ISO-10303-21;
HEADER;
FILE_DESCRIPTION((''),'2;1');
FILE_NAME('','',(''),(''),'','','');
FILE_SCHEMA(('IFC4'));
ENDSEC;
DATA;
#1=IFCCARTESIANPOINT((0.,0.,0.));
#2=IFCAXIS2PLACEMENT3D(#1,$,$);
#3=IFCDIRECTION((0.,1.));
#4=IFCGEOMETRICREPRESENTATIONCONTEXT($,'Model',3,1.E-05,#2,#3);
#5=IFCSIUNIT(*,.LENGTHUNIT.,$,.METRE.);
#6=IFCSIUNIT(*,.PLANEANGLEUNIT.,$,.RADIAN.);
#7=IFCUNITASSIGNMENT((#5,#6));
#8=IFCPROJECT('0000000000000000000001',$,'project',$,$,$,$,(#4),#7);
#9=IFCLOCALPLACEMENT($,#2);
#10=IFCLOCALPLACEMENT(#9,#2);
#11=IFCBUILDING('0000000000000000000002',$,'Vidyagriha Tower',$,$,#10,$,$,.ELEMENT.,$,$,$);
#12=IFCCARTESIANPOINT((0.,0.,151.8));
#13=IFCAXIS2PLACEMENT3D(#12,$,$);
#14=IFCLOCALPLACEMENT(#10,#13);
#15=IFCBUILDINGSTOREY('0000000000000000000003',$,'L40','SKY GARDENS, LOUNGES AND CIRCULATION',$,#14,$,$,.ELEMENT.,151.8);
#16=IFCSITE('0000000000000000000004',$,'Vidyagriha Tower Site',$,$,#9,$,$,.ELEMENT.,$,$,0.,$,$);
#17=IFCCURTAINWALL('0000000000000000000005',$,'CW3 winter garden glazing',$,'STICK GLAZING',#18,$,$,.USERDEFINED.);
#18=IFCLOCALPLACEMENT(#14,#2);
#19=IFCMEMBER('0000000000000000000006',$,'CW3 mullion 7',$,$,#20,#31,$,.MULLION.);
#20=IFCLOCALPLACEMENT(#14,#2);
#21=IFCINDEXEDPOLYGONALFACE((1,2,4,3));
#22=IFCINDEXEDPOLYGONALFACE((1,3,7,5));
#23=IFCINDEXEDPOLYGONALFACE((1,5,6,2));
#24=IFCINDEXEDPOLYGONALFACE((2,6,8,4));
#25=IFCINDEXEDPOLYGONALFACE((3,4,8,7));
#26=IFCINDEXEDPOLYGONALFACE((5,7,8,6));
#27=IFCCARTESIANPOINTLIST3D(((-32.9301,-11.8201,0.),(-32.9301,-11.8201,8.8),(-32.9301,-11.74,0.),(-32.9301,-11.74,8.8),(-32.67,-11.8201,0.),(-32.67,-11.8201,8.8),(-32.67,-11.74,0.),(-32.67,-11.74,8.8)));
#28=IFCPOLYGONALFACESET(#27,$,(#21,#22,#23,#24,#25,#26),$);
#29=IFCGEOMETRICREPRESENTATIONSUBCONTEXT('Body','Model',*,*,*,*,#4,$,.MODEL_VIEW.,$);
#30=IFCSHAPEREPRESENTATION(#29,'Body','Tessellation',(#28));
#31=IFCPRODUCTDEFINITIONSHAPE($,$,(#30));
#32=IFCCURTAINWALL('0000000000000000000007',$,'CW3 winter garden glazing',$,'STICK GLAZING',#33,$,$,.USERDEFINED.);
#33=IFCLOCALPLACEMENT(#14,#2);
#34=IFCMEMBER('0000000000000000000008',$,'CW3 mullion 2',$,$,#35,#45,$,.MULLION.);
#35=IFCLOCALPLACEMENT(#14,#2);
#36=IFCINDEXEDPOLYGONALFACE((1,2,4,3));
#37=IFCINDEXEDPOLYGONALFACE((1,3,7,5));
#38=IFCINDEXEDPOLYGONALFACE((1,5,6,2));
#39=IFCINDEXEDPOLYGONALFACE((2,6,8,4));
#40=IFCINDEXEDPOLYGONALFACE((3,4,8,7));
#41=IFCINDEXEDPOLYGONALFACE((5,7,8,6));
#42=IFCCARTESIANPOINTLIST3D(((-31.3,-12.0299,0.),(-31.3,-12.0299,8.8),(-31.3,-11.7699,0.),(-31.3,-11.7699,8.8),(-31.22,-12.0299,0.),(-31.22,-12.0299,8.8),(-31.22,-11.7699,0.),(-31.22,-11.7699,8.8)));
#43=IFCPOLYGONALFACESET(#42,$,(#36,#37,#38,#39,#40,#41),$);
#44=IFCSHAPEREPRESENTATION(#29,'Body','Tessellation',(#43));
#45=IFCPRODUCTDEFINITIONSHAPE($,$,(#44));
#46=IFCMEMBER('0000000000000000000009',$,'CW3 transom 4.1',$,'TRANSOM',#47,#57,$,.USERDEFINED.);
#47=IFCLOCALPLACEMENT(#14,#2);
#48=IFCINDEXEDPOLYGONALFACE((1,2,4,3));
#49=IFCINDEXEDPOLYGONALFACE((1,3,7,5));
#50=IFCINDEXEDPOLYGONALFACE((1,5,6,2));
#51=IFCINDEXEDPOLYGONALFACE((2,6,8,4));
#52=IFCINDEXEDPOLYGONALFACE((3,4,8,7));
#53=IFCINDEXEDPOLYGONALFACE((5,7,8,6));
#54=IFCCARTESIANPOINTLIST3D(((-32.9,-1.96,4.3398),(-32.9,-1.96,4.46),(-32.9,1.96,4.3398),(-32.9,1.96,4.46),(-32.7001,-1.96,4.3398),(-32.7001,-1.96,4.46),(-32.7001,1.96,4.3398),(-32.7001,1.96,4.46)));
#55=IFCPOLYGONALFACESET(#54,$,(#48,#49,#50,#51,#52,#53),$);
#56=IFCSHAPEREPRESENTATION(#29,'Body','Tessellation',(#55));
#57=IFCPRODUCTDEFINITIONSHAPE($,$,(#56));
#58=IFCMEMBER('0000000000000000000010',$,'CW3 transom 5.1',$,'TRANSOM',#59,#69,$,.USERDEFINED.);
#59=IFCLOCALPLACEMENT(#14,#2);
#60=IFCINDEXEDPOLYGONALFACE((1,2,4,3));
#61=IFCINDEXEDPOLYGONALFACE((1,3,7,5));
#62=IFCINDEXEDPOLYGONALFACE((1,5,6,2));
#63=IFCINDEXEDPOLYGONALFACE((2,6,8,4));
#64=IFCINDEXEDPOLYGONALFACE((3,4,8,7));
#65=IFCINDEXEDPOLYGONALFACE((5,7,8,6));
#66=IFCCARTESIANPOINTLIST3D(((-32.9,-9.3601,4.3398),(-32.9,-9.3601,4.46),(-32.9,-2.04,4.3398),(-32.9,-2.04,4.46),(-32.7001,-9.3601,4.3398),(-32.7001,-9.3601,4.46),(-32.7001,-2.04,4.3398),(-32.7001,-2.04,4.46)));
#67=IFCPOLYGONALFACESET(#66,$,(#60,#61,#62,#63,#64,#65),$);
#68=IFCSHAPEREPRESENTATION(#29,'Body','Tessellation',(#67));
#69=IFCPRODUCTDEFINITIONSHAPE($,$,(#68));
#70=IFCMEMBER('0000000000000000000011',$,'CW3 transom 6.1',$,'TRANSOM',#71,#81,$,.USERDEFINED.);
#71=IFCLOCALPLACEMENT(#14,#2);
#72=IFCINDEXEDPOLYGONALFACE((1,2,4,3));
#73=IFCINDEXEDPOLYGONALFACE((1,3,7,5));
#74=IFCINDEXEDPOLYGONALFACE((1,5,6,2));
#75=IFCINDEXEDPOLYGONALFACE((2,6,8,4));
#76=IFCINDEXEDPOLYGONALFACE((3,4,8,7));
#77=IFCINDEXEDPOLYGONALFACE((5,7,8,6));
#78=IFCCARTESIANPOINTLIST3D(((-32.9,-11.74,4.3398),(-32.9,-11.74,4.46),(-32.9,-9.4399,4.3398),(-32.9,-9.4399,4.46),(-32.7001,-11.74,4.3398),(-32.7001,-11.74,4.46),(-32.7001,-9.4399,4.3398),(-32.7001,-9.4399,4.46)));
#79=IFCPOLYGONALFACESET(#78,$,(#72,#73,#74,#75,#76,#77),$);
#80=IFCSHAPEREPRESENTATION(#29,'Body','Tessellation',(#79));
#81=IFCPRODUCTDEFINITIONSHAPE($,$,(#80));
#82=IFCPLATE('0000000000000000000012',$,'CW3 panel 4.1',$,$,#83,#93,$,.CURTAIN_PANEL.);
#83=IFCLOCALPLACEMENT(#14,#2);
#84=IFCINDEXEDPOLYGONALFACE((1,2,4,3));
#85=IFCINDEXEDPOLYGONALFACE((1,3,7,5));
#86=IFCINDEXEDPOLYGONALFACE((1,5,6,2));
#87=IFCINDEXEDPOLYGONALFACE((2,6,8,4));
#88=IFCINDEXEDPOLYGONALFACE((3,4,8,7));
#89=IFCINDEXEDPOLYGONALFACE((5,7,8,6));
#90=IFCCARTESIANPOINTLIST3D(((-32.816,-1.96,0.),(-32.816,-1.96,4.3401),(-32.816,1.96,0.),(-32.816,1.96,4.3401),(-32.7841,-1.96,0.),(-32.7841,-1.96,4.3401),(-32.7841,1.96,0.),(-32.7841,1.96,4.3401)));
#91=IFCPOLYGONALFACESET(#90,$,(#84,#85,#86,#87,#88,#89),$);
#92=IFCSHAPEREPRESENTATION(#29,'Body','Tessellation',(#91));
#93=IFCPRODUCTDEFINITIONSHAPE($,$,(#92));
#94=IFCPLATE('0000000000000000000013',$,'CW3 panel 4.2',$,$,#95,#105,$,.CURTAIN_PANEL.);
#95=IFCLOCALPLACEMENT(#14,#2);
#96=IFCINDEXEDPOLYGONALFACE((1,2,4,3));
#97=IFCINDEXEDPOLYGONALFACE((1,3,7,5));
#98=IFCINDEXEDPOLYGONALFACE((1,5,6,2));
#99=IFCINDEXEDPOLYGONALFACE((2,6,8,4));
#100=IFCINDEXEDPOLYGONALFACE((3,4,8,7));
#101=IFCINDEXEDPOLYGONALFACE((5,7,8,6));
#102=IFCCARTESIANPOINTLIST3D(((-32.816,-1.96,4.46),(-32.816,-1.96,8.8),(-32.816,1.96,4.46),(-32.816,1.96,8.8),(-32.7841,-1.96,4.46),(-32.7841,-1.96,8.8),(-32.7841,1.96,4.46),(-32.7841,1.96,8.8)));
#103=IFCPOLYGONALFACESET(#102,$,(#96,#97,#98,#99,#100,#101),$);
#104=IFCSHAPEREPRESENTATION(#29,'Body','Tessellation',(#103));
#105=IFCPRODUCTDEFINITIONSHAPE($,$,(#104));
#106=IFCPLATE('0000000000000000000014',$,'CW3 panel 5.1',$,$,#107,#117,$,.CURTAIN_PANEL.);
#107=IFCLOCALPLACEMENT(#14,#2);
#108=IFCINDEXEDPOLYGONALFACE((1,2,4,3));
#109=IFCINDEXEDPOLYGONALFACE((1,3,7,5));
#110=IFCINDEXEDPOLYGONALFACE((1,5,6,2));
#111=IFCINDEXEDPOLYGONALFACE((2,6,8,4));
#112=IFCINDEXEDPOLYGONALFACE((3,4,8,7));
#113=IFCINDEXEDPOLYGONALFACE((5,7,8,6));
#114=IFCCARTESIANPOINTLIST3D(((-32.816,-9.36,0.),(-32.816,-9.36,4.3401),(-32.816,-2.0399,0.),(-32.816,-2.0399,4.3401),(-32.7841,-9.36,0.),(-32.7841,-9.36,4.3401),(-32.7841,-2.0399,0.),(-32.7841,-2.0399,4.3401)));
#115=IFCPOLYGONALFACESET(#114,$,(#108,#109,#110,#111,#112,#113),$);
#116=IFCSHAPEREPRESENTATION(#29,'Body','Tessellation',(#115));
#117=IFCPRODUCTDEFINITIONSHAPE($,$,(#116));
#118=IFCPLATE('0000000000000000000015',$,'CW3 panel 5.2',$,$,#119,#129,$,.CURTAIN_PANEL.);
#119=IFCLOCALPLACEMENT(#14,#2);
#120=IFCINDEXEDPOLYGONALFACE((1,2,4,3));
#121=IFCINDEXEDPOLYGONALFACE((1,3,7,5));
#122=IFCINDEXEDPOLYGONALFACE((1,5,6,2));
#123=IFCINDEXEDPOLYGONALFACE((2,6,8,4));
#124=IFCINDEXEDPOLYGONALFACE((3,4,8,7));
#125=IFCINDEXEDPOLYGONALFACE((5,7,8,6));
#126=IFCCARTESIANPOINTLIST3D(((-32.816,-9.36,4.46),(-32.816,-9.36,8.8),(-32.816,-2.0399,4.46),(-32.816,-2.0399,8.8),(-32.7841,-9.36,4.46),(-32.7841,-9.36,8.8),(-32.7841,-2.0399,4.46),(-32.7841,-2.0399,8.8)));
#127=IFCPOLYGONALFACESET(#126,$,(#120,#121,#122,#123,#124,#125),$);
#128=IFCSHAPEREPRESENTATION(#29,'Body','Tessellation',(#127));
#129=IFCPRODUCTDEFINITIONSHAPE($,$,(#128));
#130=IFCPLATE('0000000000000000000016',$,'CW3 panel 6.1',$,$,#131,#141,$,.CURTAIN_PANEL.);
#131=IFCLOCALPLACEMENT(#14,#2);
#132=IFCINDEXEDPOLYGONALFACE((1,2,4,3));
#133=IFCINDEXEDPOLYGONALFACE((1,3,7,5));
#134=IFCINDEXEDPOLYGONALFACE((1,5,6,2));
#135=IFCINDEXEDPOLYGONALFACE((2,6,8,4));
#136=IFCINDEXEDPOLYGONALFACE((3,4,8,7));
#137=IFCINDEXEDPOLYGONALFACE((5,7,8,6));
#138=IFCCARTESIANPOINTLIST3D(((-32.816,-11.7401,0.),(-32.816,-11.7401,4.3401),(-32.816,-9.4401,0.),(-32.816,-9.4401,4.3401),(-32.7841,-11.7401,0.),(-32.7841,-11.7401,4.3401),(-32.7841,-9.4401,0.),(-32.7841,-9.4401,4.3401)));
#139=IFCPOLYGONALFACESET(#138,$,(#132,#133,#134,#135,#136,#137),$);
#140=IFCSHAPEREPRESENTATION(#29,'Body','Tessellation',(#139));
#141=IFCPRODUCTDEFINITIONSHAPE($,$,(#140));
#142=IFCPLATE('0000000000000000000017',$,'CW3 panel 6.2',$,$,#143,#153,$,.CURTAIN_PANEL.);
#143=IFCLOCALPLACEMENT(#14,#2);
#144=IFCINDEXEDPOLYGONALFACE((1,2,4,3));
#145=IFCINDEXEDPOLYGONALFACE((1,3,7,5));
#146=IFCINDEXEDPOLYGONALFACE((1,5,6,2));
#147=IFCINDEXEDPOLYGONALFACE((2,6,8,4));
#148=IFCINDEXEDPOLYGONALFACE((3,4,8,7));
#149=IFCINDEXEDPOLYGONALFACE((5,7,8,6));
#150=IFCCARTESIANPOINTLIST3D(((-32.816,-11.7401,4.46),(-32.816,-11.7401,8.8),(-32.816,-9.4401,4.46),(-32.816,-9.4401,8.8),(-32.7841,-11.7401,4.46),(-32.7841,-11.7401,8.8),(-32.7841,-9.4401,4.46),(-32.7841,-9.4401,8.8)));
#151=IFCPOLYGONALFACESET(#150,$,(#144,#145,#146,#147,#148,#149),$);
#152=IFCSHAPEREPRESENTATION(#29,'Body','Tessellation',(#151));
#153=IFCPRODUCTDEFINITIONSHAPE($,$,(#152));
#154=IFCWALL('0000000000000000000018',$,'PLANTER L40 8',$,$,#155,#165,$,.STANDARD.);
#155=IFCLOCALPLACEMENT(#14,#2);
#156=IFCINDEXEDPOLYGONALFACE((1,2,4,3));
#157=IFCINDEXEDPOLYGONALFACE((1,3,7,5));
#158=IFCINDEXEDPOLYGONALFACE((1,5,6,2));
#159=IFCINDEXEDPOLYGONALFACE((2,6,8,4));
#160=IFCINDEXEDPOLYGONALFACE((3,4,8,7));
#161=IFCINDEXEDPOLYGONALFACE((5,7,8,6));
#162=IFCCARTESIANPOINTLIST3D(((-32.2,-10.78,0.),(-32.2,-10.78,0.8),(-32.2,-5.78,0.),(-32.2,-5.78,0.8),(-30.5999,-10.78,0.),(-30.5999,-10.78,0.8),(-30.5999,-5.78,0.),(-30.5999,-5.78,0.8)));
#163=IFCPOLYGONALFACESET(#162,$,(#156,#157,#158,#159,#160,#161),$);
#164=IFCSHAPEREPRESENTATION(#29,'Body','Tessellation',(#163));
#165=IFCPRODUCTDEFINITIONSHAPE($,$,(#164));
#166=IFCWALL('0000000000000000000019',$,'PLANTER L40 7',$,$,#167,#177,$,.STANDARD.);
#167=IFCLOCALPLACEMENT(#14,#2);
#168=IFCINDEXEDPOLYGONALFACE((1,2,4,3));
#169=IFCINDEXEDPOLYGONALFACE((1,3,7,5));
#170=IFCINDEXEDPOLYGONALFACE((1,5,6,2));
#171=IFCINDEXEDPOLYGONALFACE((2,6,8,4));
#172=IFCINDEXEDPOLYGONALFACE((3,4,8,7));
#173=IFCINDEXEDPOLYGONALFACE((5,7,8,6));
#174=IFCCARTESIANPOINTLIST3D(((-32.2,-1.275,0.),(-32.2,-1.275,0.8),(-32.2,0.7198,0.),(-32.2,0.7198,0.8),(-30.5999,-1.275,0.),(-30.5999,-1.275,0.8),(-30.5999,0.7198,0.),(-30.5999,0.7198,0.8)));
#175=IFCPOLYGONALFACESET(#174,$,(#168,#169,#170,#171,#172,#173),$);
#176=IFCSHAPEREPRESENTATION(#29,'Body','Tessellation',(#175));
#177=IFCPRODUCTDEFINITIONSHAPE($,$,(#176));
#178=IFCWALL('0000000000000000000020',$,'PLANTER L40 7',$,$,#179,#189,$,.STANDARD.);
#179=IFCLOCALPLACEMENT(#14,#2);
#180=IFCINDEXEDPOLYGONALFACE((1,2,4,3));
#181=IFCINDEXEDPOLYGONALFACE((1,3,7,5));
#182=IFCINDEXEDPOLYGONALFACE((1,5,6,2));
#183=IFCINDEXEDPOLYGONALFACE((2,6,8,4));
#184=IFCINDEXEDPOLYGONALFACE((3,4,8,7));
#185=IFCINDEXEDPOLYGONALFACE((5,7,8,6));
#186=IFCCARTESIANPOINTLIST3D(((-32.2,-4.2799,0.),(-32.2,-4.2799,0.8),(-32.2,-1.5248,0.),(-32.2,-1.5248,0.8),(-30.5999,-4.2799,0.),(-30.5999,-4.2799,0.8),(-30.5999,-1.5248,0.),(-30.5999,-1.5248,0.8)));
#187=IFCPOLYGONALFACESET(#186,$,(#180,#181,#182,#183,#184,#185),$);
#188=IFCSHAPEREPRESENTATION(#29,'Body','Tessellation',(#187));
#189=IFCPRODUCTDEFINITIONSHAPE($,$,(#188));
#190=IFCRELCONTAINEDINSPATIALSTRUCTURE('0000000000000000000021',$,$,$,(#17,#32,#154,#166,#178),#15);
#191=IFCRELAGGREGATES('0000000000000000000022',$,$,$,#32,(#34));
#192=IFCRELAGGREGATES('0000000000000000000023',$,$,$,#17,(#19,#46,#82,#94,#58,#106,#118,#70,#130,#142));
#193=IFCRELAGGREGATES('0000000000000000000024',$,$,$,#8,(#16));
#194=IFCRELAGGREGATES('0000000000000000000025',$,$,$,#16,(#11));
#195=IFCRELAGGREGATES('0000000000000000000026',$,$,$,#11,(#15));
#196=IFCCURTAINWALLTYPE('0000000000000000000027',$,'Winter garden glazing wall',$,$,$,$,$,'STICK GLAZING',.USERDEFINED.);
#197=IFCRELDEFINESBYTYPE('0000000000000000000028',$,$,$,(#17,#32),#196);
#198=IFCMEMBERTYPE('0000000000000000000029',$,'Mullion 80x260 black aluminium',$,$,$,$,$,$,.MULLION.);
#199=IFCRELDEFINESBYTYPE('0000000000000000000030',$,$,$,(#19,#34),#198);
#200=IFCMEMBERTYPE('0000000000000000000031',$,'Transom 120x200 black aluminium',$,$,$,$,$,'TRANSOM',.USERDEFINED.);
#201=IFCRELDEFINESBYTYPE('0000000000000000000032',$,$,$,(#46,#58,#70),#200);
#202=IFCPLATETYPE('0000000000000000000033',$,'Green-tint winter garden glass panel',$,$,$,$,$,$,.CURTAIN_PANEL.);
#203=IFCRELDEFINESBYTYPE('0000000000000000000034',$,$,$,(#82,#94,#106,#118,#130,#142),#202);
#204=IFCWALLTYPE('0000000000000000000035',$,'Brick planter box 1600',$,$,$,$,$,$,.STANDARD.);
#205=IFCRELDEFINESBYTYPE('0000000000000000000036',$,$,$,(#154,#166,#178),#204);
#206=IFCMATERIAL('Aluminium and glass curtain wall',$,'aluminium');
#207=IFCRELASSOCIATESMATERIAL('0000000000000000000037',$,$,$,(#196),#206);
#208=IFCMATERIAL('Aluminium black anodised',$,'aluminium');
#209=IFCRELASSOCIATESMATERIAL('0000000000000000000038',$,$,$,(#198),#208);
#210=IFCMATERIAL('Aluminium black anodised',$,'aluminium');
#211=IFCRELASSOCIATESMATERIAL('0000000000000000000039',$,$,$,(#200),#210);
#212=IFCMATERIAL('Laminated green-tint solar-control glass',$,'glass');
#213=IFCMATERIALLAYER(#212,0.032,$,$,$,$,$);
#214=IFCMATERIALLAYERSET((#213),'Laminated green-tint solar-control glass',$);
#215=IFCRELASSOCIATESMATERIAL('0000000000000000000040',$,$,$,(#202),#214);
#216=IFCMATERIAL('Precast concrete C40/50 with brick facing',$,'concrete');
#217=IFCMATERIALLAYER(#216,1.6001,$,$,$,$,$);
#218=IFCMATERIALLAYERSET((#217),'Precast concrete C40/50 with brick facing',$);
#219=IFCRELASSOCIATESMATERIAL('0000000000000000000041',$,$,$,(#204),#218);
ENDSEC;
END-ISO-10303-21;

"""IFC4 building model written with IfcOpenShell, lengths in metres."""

from ifc_helpers import new_model, si_unit, direction, frame, frame_2d, origin, origin_2d, place, context, subcontext, project, spatial, rectangle, extrude, material, layer, layer_set, material_profile, profile_set, type_object, element, aggregate, save


model = new_model("IFC4")

# Units and contexts
model_context = context("Model", 3, precision=1e-05, world=origin(), true_north=direction((0.0, 1.0)))
body_context = subcontext(model_context, "Body", "Model", "MODEL_VIEW")
ifc_project = project(units=[si_unit("LENGTHUNIT", "METRE"), si_unit("PLANEANGLEUNIT", "RADIAN")], contexts=[model_context])

# Site, building, storey
site_placement = place(None, origin())
site = spatial("IfcSite", under=ifc_project, at=site_placement, Name="Vidyagriha Tower Site", CompositionType="ELEMENT", RefElevation=0.0)
building_placement = place(site_placement, origin())
building = spatial("IfcBuilding", under=site, at=building_placement, Name="Vidyagriha Tower", CompositionType="ELEMENT")
storey_placement = place(building_placement, frame((0.0, 0.0, 151.8)))
storey = spatial("IfcBuildingStorey", under=building, at=storey_placement, Name="L40", Description="SKY GARDENS, LOUNGES AND CIRCULATION", CompositionType="ELEMENT", Elevation=151.8)

# Curtain wall, member
ifc_material_1 = material(Name="Aluminium and glass curtain wall", Category="aluminium")
curtain_wall_type = type_object("IfcCurtainWallType", Name="Winter garden glazing wall", ElementType="STICK GLAZING", PredefinedType="USERDEFINED", material=ifc_material_1)
curtain_wall_1_placement = place(storey_placement, origin())
curtain_wall_1 = element("IfcCurtainWall", 1, at=curtain_wall_1_placement, inside=storey, type_object=curtain_wall_type, Name="CW3 winter garden glazing", ObjectType="STICK GLAZING", PredefinedType="USERDEFINED")
ifc_material_2 = material(Name="Aluminium black anodised", Category="aluminium")
ifc_material_profile_1 = material_profile(ifc_material_2, rectangle(XDim=0.26, YDim=0.0801, at=origin_2d()), Name="Mullion 80x260 black aluminium")
ifc_profile_set_1 = profile_set([ifc_material_profile_1], Name="Aluminium black anodised")
member_type_1 = type_object("IfcMemberType", Name="Mullion 80x260 black aluminium", PredefinedType="MULLION", material=ifc_profile_set_1)
member_1_placement = place(storey_placement, frame((-32.8, -11.78, 0.0)))
member_1 = element("IfcMember", 2, at=member_1_placement, type_object=member_type_1, Name="CW3 mullion 7", PredefinedType="MULLION", context=body_context, shape_type="SweptSolid", body=[
    extrude(rectangle(XDim=0.26, YDim=0.0801, at=origin_2d()), origin(), (0.0, 0.0, 1.0), 8.8),
])

# Curtain wall, member
curtain_wall_2_placement = place(storey_placement, origin())
curtain_wall_2 = element("IfcCurtainWall", 3, at=curtain_wall_2_placement, inside=storey, type_object=curtain_wall_type, Name="CW3 winter garden glazing", ObjectType="STICK GLAZING", PredefinedType="USERDEFINED")
member_2_placement = place(storey_placement, frame((-31.26, -11.8999, 0.0), z_axis=(0.0, 0.0, 1.0), x_axis=(0.0, 1.0, 0.0)))
member_2 = element("IfcMember", 4, at=member_2_placement, type_object=member_type_1, Name="CW3 mullion 2", PredefinedType="MULLION", context=body_context, shape_type="SweptSolid", body=[
    extrude(rectangle(XDim=0.26, YDim=0.0801, at=origin_2d()), origin(), (0.0, 0.0, 1.0), 8.8),
])
aggregate(curtain_wall_2, [member_2])

# Members
ifc_material_3 = material(Name="Aluminium black anodised", Category="aluminium")
ifc_material_profile_2 = material_profile(ifc_material_3, rectangle(XDim=0.2, YDim=0.1201, at=origin_2d()), Name="Transom 120x200 black aluminium")
ifc_profile_set_2 = profile_set([ifc_material_profile_2], Name="Aluminium black anodised")
member_type_2 = type_object("IfcMemberType", Name="Transom 120x200 black aluminium", ElementType="TRANSOM", PredefinedType="USERDEFINED", material=ifc_profile_set_2)
member_3_placement = place(storey_placement, frame((-32.8, 1.96, 4.3999), z_axis=(0.0, -1.0, 0.0), x_axis=(1.0, 0.0, 0.0)))
member_3 = element("IfcMember", 5, at=member_3_placement, type_object=member_type_2, Name="CW3 transom 4.1", ObjectType="TRANSOM", PredefinedType="USERDEFINED", context=body_context, shape_type="SweptSolid", body=[
    extrude(rectangle(XDim=0.2, YDim=0.1201, at=origin_2d()), origin(), (0.0, 0.0, 1.0), 3.9199),
])
member_4_placement = place(storey_placement, frame((-32.8, -2.04, 4.3999), z_axis=(0.0, -1.0, 0.0), x_axis=(1.0, 0.0, 0.0)))
member_4 = element("IfcMember", 6, at=member_4_placement, type_object=member_type_2, Name="CW3 transom 5.1", ObjectType="TRANSOM", PredefinedType="USERDEFINED", context=body_context, shape_type="SweptSolid", body=[
    extrude(rectangle(XDim=0.2, YDim=0.1201, at=origin_2d()), origin(), (0.0, 0.0, 1.0), 7.3201),
])
member_5_placement = place(storey_placement, frame((-32.8, -9.4399, 4.3999), z_axis=(0.0, -1.0, 0.0), x_axis=(1.0, 0.0, 0.0)))
member_5 = element("IfcMember", 7, at=member_5_placement, type_object=member_type_2, Name="CW3 transom 6.1", ObjectType="TRANSOM", PredefinedType="USERDEFINED", context=body_context, shape_type="SweptSolid", body=[
    extrude(rectangle(XDim=0.2, YDim=0.1201, at=origin_2d()), origin(), (0.0, 0.0, 1.0), 2.3),
])

# Plates
ifc_material_4 = material(Name="Laminated green-tint solar-control glass", Category="glass")
ifc_layer_1 = layer(ifc_material_4, 0.032)
ifc_layer_set_1 = layer_set([ifc_layer_1], Name="Laminated green-tint solar-control glass")
plate_type = type_object("IfcPlateType", Name="Green-tint winter garden glass panel", PredefinedType="CURTAIN_PANEL", material=ifc_layer_set_1)
plate_1_placement = place(storey_placement, frame((-32.8, 0.0, 0.0), z_axis=(0.0, 0.0, 1.0), x_axis=(0.0, -1.0, 0.0)))
plate_1 = element("IfcPlate", 8, at=plate_1_placement, type_object=plate_type, Name="CW3 panel 4.1", PredefinedType="CURTAIN_PANEL", context=body_context, shape_type="SweptSolid", body=[
    extrude(rectangle(XDim=3.9199, YDim=0.032, at=origin_2d()), origin(), (0.0, 0.0, 1.0), 4.3401),
])
plate_2_placement = place(storey_placement, frame((-32.8, 0.0, 4.46), z_axis=(0.0, 0.0, 1.0), x_axis=(0.0, -1.0, 0.0)))
plate_2 = element("IfcPlate", 9, at=plate_2_placement, type_object=plate_type, Name="CW3 panel 4.2", PredefinedType="CURTAIN_PANEL", context=body_context, shape_type="SweptSolid", body=[
    extrude(rectangle(XDim=3.9199, YDim=0.032, at=origin_2d()), origin(), (0.0, 0.0, 1.0), 4.3401),
])
plate_3_placement = place(storey_placement, frame((-32.8, -5.7, 0.0), z_axis=(0.0, 0.0, 1.0), x_axis=(0.0, -1.0, 0.0)))
plate_3 = element("IfcPlate", 10, at=plate_3_placement, type_object=plate_type, Name="CW3 panel 5.1", PredefinedType="CURTAIN_PANEL", context=body_context, shape_type="SweptSolid", body=[
    extrude(rectangle(XDim=7.3201, YDim=0.032, at=origin_2d()), origin(), (0.0, 0.0, 1.0), 4.3401),
])
plate_4_placement = place(storey_placement, frame((-32.8, -5.7, 4.46), z_axis=(0.0, 0.0, 1.0), x_axis=(0.0, -1.0, 0.0)))
plate_4 = element("IfcPlate", 11, at=plate_4_placement, type_object=plate_type, Name="CW3 panel 5.2", PredefinedType="CURTAIN_PANEL", context=body_context, shape_type="SweptSolid", body=[
    extrude(rectangle(XDim=7.3201, YDim=0.032, at=origin_2d()), origin(), (0.0, 0.0, 1.0), 4.3401),
])
plate_5_placement = place(storey_placement, frame((-32.8, -10.5901, 0.0), z_axis=(0.0, 0.0, 1.0), x_axis=(0.0, -1.0, 0.0)))
plate_5 = element("IfcPlate", 12, at=plate_5_placement, type_object=plate_type, Name="CW3 panel 6.1", PredefinedType="CURTAIN_PANEL", context=body_context, shape_type="SweptSolid", body=[
    extrude(rectangle(XDim=2.3, YDim=0.032, at=origin_2d()), origin(), (0.0, 0.0, 1.0), 4.3401),
])
plate_6_placement = place(storey_placement, frame((-32.8, -10.5901, 4.46), z_axis=(0.0, 0.0, 1.0), x_axis=(0.0, -1.0, 0.0)))
plate_6 = element("IfcPlate", 13, at=plate_6_placement, type_object=plate_type, Name="CW3 panel 6.2", PredefinedType="CURTAIN_PANEL", context=body_context, shape_type="SweptSolid", body=[
    extrude(rectangle(XDim=2.3, YDim=0.032, at=origin_2d()), origin(), (0.0, 0.0, 1.0), 4.3401),
])
aggregate(curtain_wall_1, [member_1, member_3, plate_1, plate_2, member_4, plate_3, plate_4, member_5, plate_5, plate_6])

# Walls
ifc_material_5 = material(Name="Precast concrete C40/50 with brick facing", Category="concrete")
ifc_layer_2 = layer(ifc_material_5, 1.6001)
ifc_layer_set_2 = layer_set([ifc_layer_2], Name="Precast concrete C40/50 with brick facing")
wall_type_1 = type_object("IfcWallType", Name="Brick planter box 1600", PredefinedType="STANDARD", material=ifc_layer_set_2)
wall_1_placement = place(storey_placement, frame((-31.3999, -5.78, 0.0), z_axis=(0.0, 0.0, 1.0), x_axis=(0.0, -1.0, 0.0)))
element("IfcWall", 14, at=wall_1_placement, inside=storey, type_object=wall_type_1, Name="PLANTER L40 8", PredefinedType="STANDARD", context=body_context, shape_type="SweptSolid", body=[
    extrude(rectangle(XDim=5.0, YDim=1.6001, at=frame_2d((2.5, 0.0))), origin(), (0.0, 0.0, 1.0), 0.8),
])
wall_2_placement = place(storey_placement, frame((-31.3999, 0.72, 0.0), z_axis=(0.0, 0.0, 1.0), x_axis=(0.0, -1.0, 0.0)))
element("IfcWall", 15, at=wall_2_placement, inside=storey, type_object=wall_type_1, Name="PLANTER L40 7", PredefinedType="STANDARD", context=body_context, shape_type="SweptSolid", body=[
    extrude(rectangle(XDim=1.9949, YDim=1.6001, at=frame_2d((0.9976, 0.0))), origin(), (0.0, 0.0, 1.0), 0.8),
])
wall_3_placement = place(storey_placement, frame((-31.3999, -1.5249, 0.0), z_axis=(0.0, 0.0, 1.0), x_axis=(0.0, -1.0, 0.0)))
element("IfcWall", 16, at=wall_3_placement, inside=storey, type_object=wall_type_1, Name="PLANTER L40 7", PredefinedType="STANDARD", context=body_context, shape_type="SweptSolid", body=[
    extrude(rectangle(XDim=2.7551, YDim=1.6001, at=frame_2d((1.3774, 0.0))), origin(), (0.0, 0.0, 1.0), 0.8),
])

save(model, "model.ifc")
